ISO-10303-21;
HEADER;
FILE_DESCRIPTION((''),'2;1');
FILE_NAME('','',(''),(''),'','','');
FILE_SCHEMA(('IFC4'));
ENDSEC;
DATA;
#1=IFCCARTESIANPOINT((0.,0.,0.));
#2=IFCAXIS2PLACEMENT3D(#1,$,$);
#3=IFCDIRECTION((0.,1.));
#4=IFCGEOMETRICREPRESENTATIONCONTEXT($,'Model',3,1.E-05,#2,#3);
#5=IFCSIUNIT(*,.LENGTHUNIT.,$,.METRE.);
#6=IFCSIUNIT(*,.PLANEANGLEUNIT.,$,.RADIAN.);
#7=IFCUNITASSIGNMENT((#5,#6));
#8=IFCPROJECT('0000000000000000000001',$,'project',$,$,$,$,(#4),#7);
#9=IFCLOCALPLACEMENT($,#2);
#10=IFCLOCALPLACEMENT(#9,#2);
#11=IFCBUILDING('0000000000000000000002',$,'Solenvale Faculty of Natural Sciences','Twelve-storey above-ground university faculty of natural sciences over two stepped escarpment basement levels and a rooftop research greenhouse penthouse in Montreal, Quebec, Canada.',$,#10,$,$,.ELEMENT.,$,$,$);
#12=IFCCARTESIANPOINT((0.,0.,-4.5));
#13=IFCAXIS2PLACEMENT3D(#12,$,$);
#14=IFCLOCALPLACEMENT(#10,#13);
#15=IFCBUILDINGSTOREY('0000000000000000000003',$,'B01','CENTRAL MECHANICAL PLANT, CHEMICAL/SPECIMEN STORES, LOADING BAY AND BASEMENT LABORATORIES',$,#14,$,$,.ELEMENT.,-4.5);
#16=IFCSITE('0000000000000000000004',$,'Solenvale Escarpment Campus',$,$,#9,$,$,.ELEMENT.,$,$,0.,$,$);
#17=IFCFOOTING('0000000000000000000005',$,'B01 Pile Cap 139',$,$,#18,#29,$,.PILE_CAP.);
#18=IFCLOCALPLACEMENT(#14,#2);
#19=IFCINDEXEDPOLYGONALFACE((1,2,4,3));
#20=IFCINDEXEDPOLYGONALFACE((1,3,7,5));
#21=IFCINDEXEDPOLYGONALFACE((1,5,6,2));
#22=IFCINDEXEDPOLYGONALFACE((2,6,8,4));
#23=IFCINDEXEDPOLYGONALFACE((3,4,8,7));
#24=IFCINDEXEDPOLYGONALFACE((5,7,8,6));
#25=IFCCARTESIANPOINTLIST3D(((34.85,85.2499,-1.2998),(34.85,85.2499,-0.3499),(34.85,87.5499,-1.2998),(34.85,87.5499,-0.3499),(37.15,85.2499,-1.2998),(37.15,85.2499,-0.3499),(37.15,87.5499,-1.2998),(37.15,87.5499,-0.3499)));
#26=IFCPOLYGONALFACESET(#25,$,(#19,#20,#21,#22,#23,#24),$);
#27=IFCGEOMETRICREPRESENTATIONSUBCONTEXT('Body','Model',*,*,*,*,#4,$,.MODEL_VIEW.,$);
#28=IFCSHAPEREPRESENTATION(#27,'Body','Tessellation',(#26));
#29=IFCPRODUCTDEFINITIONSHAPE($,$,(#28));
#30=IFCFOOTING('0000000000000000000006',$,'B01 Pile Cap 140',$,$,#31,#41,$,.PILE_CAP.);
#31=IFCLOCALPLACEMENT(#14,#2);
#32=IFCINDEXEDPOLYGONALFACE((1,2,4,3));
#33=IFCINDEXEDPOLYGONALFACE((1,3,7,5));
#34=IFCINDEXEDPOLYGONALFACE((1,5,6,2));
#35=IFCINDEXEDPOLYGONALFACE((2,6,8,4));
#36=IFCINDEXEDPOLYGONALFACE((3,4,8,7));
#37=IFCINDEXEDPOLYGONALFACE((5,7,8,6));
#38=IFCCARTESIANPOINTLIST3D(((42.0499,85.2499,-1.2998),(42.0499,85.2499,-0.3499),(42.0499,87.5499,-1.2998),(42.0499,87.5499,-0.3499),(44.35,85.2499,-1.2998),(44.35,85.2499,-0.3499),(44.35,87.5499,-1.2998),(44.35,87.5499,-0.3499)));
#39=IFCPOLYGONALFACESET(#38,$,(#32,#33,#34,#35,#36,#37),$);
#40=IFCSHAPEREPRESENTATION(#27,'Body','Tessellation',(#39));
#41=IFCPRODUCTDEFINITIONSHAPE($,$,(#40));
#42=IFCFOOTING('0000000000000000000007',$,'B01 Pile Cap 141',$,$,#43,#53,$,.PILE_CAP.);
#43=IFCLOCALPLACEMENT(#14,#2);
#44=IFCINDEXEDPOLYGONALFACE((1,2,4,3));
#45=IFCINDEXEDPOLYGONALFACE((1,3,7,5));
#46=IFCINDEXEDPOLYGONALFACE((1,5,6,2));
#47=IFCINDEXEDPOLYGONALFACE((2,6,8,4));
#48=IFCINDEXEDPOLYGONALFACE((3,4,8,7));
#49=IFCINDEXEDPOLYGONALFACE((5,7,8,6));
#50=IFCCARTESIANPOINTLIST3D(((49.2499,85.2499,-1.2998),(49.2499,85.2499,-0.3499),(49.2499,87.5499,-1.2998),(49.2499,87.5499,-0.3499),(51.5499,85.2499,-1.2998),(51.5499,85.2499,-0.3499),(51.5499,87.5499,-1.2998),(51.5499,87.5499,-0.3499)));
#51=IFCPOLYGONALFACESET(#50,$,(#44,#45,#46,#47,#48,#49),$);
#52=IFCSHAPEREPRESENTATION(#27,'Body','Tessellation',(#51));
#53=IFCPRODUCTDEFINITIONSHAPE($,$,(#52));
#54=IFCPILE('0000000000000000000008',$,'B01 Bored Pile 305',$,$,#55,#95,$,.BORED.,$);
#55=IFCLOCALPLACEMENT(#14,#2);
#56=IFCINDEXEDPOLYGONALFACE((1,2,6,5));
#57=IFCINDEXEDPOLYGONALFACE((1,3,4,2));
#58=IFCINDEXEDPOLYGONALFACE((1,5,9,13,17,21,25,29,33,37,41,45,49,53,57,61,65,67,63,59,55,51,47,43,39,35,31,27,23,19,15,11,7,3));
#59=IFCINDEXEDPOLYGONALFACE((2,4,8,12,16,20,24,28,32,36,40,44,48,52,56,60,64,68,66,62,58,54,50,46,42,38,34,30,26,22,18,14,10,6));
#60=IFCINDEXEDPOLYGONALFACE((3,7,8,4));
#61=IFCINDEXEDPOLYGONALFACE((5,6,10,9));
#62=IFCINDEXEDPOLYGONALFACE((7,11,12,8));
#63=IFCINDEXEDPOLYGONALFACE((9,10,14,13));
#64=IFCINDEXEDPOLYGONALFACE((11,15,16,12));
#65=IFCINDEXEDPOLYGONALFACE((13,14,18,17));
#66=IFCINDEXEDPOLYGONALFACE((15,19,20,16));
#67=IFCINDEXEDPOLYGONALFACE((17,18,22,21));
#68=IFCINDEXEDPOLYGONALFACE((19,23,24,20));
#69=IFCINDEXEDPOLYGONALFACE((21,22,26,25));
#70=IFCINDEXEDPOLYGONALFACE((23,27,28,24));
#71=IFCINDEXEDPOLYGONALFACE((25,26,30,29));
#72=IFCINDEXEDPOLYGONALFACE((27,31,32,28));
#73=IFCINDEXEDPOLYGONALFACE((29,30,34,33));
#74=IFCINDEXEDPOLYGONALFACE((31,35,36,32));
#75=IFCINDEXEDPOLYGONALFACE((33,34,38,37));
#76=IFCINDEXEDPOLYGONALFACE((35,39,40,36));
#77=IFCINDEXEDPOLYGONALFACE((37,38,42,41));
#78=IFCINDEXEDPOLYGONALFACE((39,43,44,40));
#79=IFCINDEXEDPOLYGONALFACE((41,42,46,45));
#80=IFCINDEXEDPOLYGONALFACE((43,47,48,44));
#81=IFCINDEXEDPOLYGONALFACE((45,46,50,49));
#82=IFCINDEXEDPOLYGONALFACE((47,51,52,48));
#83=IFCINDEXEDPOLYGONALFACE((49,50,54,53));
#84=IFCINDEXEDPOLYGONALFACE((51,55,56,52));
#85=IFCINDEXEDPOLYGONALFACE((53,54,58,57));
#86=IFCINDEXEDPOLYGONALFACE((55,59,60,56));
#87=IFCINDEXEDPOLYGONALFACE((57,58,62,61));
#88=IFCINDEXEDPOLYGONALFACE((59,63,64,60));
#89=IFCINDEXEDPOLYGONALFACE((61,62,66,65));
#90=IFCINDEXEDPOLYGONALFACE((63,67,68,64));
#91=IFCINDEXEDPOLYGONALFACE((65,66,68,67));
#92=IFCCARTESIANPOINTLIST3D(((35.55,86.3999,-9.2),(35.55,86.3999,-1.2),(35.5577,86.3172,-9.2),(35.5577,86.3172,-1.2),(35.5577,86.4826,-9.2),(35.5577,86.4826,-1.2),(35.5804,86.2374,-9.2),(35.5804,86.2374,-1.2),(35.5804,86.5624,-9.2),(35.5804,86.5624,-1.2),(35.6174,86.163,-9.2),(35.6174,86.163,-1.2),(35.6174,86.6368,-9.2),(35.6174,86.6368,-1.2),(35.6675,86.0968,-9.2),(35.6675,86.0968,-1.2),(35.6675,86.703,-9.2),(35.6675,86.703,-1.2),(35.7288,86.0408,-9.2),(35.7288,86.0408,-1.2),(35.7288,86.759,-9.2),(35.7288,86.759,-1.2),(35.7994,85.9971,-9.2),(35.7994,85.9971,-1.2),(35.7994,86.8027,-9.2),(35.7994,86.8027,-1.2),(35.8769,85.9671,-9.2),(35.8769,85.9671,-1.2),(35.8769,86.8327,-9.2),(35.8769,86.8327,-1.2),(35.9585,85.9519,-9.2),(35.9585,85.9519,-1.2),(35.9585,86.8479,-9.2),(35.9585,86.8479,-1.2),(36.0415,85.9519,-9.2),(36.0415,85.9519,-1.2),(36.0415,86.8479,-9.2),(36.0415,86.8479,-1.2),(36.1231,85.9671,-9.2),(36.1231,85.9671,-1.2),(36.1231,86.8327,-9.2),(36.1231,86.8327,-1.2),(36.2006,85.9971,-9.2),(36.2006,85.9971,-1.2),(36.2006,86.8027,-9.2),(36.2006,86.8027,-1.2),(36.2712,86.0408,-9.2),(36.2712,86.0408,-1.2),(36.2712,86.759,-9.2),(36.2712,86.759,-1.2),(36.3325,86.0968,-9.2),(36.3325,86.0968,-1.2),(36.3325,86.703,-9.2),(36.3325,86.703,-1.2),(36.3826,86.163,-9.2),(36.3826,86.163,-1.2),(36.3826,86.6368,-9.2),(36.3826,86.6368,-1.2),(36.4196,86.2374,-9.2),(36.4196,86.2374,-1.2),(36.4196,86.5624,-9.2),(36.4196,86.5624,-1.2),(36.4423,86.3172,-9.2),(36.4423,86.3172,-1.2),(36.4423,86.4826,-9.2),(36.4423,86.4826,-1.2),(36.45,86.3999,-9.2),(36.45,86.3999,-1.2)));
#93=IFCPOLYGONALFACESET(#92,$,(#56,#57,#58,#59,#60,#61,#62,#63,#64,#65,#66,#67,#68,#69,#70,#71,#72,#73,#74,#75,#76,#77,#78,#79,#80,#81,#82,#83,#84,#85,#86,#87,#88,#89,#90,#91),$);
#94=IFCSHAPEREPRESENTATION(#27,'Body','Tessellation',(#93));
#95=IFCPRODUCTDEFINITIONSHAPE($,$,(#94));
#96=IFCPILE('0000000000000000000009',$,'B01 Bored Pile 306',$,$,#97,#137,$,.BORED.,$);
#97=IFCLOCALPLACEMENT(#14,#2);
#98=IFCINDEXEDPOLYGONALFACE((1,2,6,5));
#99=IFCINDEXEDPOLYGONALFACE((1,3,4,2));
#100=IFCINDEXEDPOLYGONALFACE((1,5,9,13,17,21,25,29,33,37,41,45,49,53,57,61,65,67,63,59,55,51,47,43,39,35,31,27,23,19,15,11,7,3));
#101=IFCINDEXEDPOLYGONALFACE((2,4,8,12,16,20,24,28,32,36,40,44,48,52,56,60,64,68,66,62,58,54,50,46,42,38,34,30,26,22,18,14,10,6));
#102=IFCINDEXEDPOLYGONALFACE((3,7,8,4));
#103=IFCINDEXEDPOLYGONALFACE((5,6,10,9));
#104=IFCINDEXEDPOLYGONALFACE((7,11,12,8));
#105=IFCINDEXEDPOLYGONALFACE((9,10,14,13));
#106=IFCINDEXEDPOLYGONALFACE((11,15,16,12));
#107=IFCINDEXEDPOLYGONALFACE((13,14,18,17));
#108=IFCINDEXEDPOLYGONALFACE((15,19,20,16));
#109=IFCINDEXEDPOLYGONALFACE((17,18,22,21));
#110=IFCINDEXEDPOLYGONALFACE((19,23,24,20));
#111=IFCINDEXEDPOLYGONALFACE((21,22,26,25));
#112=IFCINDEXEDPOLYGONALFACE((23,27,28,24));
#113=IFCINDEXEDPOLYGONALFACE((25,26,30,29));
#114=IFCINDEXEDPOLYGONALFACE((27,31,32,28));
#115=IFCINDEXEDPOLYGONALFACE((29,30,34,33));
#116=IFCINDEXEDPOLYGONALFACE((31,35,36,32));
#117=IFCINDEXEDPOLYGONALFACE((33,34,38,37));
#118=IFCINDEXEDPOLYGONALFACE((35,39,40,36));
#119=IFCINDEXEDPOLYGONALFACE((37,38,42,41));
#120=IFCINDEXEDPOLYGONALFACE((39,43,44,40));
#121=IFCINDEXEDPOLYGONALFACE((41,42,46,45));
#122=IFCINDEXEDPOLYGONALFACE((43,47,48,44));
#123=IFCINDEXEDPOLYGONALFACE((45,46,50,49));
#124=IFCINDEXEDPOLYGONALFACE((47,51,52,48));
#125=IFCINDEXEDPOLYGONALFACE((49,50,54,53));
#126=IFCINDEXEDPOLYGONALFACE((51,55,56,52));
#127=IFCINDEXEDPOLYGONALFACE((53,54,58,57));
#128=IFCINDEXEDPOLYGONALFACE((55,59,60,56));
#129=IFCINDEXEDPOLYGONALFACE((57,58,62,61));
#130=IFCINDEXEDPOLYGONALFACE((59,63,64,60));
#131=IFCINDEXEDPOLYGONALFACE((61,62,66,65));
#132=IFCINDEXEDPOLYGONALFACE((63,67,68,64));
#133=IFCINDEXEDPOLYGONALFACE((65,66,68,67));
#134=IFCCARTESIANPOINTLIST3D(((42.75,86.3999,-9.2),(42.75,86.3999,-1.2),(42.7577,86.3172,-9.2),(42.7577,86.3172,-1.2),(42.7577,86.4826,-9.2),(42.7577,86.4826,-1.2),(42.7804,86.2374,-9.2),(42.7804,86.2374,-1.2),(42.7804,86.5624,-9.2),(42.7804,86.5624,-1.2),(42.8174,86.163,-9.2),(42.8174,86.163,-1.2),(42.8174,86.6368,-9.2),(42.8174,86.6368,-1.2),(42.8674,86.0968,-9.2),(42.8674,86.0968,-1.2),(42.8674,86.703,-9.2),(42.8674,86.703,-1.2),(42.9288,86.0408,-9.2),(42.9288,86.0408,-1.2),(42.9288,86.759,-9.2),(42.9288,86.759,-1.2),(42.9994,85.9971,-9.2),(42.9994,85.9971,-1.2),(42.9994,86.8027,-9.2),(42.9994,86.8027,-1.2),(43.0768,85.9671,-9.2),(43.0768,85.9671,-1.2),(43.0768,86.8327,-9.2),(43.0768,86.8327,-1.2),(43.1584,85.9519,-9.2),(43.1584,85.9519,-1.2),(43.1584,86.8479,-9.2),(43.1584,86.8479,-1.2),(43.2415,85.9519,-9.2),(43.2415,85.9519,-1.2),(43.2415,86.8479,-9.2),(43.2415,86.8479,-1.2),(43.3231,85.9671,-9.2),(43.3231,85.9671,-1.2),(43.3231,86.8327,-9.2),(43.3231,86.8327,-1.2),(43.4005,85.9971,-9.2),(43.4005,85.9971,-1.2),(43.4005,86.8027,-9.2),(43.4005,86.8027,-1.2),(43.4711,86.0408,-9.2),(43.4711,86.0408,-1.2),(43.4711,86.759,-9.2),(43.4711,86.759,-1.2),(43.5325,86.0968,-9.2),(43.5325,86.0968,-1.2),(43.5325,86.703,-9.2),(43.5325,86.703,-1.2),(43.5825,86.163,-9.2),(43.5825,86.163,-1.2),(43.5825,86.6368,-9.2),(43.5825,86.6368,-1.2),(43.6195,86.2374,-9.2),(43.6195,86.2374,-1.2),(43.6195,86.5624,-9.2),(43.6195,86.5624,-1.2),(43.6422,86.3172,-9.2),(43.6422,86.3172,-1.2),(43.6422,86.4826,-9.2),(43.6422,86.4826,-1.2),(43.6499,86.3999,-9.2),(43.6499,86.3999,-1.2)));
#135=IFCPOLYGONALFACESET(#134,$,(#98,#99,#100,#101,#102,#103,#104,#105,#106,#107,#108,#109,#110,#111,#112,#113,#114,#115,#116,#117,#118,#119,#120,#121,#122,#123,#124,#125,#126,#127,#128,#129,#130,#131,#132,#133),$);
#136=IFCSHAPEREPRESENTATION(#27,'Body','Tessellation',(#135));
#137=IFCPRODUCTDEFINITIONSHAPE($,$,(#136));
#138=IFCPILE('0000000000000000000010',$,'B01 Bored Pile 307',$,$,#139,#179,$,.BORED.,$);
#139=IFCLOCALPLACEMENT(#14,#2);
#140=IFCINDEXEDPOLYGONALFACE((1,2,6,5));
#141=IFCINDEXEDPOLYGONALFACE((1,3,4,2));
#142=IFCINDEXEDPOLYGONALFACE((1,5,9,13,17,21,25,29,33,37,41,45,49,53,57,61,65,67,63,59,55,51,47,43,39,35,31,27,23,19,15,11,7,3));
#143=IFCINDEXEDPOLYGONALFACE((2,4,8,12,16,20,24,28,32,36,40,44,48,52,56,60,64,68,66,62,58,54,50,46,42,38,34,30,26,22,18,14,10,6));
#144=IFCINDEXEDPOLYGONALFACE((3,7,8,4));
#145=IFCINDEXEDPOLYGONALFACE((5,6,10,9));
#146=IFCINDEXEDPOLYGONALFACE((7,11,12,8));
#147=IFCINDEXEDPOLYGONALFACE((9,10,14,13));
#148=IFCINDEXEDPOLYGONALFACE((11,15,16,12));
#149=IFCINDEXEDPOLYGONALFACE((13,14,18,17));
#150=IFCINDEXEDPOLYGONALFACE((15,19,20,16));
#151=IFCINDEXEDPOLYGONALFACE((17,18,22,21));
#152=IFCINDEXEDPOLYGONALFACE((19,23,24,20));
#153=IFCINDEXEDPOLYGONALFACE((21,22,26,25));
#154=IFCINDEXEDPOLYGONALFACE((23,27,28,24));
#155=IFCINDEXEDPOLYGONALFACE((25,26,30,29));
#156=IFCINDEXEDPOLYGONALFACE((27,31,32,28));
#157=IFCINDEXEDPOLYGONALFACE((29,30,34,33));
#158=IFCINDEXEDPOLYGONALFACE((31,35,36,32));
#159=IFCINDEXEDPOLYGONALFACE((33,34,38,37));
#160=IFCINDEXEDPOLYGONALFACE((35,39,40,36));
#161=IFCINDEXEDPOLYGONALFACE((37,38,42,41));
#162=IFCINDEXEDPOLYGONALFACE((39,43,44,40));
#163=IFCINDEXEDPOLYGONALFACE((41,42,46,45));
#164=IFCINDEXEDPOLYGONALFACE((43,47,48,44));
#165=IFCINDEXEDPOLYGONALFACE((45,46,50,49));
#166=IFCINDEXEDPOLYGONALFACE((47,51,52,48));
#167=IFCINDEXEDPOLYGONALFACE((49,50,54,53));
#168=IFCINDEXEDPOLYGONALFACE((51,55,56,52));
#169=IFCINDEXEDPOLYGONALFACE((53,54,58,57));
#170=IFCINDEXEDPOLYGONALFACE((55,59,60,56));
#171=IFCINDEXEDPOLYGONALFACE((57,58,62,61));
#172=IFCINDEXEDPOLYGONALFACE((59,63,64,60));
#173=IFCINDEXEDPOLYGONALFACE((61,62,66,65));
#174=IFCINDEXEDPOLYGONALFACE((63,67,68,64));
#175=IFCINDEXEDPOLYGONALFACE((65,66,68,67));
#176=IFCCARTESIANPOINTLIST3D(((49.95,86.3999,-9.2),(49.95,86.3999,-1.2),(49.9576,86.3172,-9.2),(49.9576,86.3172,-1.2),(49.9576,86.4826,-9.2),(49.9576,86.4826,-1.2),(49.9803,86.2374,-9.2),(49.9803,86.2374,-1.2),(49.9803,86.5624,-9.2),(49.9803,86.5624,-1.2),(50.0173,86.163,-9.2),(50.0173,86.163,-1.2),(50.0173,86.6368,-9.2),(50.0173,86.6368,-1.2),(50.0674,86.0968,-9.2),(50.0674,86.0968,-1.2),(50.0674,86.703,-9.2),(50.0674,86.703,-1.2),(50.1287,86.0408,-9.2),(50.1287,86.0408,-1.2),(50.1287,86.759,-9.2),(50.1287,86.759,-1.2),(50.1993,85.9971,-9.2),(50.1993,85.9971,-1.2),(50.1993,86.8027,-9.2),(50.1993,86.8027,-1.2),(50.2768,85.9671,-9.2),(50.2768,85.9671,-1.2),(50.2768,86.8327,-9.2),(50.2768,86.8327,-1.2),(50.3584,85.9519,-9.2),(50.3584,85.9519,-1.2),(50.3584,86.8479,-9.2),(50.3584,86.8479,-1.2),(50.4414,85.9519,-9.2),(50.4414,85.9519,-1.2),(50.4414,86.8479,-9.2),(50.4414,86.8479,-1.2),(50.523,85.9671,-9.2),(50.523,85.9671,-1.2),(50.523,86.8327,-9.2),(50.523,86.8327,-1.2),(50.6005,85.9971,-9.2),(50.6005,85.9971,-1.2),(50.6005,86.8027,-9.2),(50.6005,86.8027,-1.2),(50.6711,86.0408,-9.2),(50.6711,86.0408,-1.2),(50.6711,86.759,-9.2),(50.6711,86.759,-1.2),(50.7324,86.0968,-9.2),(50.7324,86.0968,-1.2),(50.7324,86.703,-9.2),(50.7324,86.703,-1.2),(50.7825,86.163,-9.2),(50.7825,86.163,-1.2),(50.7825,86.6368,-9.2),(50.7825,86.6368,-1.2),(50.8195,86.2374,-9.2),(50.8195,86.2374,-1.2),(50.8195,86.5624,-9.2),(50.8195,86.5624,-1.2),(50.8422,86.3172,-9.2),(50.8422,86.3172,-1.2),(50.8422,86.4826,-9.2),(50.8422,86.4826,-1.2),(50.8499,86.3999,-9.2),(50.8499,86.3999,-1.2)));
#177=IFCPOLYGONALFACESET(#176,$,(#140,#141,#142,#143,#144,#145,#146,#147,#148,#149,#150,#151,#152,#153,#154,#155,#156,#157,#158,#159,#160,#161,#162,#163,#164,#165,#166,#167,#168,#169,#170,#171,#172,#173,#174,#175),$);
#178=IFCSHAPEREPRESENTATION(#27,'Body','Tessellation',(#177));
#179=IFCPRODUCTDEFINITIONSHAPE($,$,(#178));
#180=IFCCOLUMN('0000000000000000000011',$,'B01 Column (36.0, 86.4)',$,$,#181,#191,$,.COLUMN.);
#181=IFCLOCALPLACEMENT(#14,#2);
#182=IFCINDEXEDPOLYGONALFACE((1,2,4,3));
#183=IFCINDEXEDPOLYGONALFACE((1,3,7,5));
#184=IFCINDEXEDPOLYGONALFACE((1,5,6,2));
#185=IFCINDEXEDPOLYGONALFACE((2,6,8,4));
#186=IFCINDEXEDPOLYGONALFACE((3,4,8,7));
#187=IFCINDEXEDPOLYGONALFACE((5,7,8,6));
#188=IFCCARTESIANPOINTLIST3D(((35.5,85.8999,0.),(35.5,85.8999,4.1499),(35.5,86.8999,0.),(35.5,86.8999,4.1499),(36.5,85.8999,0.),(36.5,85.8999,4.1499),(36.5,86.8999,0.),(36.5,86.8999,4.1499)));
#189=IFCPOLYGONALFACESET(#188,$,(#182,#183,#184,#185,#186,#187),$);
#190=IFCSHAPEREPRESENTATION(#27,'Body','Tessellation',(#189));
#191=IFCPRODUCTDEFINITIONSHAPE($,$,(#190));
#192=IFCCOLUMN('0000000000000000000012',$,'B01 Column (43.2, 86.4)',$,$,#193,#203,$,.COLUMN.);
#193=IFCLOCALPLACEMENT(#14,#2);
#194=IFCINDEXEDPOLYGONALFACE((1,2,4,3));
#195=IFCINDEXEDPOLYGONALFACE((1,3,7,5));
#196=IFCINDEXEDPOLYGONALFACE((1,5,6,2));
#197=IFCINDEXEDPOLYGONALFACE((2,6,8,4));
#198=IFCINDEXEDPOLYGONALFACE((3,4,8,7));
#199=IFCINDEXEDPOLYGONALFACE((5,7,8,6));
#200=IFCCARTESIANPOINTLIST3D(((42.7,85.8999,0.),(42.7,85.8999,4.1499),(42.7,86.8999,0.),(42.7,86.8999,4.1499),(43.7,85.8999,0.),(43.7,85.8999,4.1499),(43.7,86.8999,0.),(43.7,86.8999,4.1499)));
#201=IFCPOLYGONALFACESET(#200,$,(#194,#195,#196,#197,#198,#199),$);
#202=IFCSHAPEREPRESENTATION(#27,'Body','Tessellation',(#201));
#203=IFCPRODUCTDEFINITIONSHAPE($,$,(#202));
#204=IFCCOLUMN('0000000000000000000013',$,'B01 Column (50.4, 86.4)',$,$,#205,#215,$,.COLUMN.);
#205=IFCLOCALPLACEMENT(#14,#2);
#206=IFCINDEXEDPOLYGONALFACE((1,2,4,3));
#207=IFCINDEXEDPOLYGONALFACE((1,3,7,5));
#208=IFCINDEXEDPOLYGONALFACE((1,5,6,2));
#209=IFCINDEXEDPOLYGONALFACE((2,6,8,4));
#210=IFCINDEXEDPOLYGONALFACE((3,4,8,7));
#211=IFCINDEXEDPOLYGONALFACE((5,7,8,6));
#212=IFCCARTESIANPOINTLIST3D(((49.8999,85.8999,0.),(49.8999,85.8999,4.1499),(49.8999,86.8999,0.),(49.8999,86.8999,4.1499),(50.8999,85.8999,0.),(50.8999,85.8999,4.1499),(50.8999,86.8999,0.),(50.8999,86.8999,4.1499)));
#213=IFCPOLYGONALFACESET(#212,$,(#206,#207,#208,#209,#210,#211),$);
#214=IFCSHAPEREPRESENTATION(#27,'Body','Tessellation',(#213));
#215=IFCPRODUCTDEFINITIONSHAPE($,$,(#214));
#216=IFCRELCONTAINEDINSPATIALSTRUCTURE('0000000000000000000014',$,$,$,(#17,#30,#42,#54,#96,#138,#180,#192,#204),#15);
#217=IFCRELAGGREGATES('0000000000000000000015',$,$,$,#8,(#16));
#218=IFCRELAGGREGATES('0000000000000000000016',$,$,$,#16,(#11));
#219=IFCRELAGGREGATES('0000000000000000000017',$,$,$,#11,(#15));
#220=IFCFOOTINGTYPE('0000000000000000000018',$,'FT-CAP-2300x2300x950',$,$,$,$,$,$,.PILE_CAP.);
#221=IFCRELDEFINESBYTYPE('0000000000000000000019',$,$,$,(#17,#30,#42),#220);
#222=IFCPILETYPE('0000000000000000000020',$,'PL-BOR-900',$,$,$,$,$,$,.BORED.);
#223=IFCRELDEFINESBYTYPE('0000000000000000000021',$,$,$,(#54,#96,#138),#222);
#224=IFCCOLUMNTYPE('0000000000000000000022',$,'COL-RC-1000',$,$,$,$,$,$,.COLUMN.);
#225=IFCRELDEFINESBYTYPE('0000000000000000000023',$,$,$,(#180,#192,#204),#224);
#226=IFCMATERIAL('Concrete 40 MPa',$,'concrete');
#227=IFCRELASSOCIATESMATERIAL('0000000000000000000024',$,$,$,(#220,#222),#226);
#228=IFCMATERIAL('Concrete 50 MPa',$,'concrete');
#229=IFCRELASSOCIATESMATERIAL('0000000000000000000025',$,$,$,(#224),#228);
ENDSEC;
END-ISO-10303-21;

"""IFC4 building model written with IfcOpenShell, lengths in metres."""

from ifc_helpers import new_model, si_unit, direction, frame, origin, origin_2d, place, context, subcontext, project, spatial, rectangle, circle, extrude, material, material_profile, profile_set, type_object, element, save


model = new_model("IFC4")

# Units and contexts
model_context = context("Model", 3, precision=1e-05, world=origin(), true_north=direction((0.0, 1.0)))
body_context = subcontext(model_context, "Body", "Model", "MODEL_VIEW")
ifc_project = project(units=[si_unit("LENGTHUNIT", "METRE"), si_unit("PLANEANGLEUNIT", "RADIAN")], contexts=[model_context])

# Site, building, storey
site_placement = place(None, origin())
site = spatial("IfcSite", under=ifc_project, at=site_placement, Name="Solenvale Escarpment Campus", CompositionType="ELEMENT", RefElevation=0.0)
building_placement = place(site_placement, origin())
building = spatial("IfcBuilding", under=site, at=building_placement, Name="Solenvale Faculty of Natural Sciences", Description="Twelve-storey above-ground university faculty of natural sciences over two stepped escarpment basement levels and a rooftop research greenhouse penthouse in Montreal, Quebec, Canada.", CompositionType="ELEMENT")
storey_placement = place(building_placement, frame((0.0, 0.0, -4.5)))
storey = spatial("IfcBuildingStorey", under=building, at=storey_placement, Name="B01", Description="CENTRAL MECHANICAL PLANT, CHEMICAL/SPECIMEN STORES, LOADING BAY AND BASEMENT LABORATORIES", CompositionType="ELEMENT", Elevation=-4.5)

# Footings
ifc_material_1 = material(Name="Concrete 40 MPa", Category="concrete")
footing_type = type_object("IfcFootingType", Name="FT-CAP-2300x2300x950", PredefinedType="PILE_CAP", material=ifc_material_1)
for number, where, z_axis, x_axis, name in (
    (1, (36.0, 86.3999, -1.2998), (0.0, 0.0, 1.0), (1.0, 0.0, 0.0), "B01 Pile Cap 139"),
    (2, (43.2, 86.3999, -1.2998), (0.0, 0.0, 1.0), (1.0, 0.0, 0.0), "B01 Pile Cap 140"),
    (3, (50.3999, 86.3999, -1.2998), (0.0, 0.0, 1.0), (1.0, 0.0, 0.0), "B01 Pile Cap 141"),
):
    element("IfcFooting", number, at=place(storey_placement, frame(where, z_axis=z_axis, x_axis=x_axis)), inside=storey, type_object=footing_type, Name=name, PredefinedType="PILE_CAP", context=body_context, shape_type="SweptSolid", body=[
        extrude(rectangle(XDim=2.3, YDim=2.3, at=origin_2d()), origin(), (0.0, 0.0, 1.0), 0.95),
    ])

# Piles
ifc_material_profile_1 = material_profile(ifc_material_1, circle(Radius=0.45, at=origin_2d()), Name="PILE-D900")
ifc_profile_set_1 = profile_set([ifc_material_profile_1], Name="Concrete 40 MPa")
pile_type = type_object("IfcPileType", Name="PL-BOR-900", PredefinedType="BORED", material=ifc_profile_set_1)
for number, where, z_axis, x_axis, name in (
    (4, (36.0, 86.3999, -1.2), (0.0, 0.0, -1.0), (1.0, 0.0, 0.0), "B01 Bored Pile 305"),
    (5, (43.2, 86.3999, -1.2), (0.0, 0.0, -1.0), (1.0, 0.0, 0.0), "B01 Bored Pile 306"),
    (6, (50.3999, 86.3999, -1.2), (0.0, 0.0, -1.0), (1.0, 0.0, 0.0), "B01 Bored Pile 307"),
):
    element("IfcPile", number, at=place(storey_placement, frame(where, z_axis=z_axis, x_axis=x_axis)), inside=storey, type_object=pile_type, Name=name, PredefinedType="BORED", context=body_context, shape_type="SweptSolid", body=[
        extrude(circle(Radius=0.45, at=origin_2d()), origin(), (0.0, 0.0, 1.0), 8.0),
    ])

# Columns
ifc_material_2 = material(Name="Concrete 50 MPa", Category="concrete")
ifc_material_profile_2 = material_profile(ifc_material_2, rectangle(XDim=1.0, YDim=1.0, at=origin_2d()), Name="RC-COL-1000x1000")
ifc_profile_set_2 = profile_set([ifc_material_profile_2], Name="Concrete 50 MPa")
column_type = type_object("IfcColumnType", Name="COL-RC-1000", PredefinedType="COLUMN", material=ifc_profile_set_2)
for number, where, z_axis, x_axis, name in (
    (7, (36.0, 86.3999, 0.0), (0.0, 0.0, 1.0), (1.0, 0.0, 0.0), "B01 Column (36.0, 86.4)"),
    (8, (43.2, 86.3999, 0.0), (0.0, 0.0, 1.0), (1.0, 0.0, 0.0), "B01 Column (43.2, 86.4)"),
    (9, (50.3999, 86.3999, 0.0), (0.0, 0.0, 1.0), (1.0, 0.0, 0.0), "B01 Column (50.4, 86.4)"),
):
    element("IfcColumn", number, at=place(storey_placement, frame(where, z_axis=z_axis, x_axis=x_axis)), inside=storey, type_object=column_type, Name=name, PredefinedType="COLUMN", context=body_context, shape_type="SweptSolid", body=[
        extrude(rectangle(XDim=1.0, YDim=1.0, at=origin_2d()), origin(), (0.0, 0.0, 1.0), 4.1499),
    ])

save(model, "model.ifc")
